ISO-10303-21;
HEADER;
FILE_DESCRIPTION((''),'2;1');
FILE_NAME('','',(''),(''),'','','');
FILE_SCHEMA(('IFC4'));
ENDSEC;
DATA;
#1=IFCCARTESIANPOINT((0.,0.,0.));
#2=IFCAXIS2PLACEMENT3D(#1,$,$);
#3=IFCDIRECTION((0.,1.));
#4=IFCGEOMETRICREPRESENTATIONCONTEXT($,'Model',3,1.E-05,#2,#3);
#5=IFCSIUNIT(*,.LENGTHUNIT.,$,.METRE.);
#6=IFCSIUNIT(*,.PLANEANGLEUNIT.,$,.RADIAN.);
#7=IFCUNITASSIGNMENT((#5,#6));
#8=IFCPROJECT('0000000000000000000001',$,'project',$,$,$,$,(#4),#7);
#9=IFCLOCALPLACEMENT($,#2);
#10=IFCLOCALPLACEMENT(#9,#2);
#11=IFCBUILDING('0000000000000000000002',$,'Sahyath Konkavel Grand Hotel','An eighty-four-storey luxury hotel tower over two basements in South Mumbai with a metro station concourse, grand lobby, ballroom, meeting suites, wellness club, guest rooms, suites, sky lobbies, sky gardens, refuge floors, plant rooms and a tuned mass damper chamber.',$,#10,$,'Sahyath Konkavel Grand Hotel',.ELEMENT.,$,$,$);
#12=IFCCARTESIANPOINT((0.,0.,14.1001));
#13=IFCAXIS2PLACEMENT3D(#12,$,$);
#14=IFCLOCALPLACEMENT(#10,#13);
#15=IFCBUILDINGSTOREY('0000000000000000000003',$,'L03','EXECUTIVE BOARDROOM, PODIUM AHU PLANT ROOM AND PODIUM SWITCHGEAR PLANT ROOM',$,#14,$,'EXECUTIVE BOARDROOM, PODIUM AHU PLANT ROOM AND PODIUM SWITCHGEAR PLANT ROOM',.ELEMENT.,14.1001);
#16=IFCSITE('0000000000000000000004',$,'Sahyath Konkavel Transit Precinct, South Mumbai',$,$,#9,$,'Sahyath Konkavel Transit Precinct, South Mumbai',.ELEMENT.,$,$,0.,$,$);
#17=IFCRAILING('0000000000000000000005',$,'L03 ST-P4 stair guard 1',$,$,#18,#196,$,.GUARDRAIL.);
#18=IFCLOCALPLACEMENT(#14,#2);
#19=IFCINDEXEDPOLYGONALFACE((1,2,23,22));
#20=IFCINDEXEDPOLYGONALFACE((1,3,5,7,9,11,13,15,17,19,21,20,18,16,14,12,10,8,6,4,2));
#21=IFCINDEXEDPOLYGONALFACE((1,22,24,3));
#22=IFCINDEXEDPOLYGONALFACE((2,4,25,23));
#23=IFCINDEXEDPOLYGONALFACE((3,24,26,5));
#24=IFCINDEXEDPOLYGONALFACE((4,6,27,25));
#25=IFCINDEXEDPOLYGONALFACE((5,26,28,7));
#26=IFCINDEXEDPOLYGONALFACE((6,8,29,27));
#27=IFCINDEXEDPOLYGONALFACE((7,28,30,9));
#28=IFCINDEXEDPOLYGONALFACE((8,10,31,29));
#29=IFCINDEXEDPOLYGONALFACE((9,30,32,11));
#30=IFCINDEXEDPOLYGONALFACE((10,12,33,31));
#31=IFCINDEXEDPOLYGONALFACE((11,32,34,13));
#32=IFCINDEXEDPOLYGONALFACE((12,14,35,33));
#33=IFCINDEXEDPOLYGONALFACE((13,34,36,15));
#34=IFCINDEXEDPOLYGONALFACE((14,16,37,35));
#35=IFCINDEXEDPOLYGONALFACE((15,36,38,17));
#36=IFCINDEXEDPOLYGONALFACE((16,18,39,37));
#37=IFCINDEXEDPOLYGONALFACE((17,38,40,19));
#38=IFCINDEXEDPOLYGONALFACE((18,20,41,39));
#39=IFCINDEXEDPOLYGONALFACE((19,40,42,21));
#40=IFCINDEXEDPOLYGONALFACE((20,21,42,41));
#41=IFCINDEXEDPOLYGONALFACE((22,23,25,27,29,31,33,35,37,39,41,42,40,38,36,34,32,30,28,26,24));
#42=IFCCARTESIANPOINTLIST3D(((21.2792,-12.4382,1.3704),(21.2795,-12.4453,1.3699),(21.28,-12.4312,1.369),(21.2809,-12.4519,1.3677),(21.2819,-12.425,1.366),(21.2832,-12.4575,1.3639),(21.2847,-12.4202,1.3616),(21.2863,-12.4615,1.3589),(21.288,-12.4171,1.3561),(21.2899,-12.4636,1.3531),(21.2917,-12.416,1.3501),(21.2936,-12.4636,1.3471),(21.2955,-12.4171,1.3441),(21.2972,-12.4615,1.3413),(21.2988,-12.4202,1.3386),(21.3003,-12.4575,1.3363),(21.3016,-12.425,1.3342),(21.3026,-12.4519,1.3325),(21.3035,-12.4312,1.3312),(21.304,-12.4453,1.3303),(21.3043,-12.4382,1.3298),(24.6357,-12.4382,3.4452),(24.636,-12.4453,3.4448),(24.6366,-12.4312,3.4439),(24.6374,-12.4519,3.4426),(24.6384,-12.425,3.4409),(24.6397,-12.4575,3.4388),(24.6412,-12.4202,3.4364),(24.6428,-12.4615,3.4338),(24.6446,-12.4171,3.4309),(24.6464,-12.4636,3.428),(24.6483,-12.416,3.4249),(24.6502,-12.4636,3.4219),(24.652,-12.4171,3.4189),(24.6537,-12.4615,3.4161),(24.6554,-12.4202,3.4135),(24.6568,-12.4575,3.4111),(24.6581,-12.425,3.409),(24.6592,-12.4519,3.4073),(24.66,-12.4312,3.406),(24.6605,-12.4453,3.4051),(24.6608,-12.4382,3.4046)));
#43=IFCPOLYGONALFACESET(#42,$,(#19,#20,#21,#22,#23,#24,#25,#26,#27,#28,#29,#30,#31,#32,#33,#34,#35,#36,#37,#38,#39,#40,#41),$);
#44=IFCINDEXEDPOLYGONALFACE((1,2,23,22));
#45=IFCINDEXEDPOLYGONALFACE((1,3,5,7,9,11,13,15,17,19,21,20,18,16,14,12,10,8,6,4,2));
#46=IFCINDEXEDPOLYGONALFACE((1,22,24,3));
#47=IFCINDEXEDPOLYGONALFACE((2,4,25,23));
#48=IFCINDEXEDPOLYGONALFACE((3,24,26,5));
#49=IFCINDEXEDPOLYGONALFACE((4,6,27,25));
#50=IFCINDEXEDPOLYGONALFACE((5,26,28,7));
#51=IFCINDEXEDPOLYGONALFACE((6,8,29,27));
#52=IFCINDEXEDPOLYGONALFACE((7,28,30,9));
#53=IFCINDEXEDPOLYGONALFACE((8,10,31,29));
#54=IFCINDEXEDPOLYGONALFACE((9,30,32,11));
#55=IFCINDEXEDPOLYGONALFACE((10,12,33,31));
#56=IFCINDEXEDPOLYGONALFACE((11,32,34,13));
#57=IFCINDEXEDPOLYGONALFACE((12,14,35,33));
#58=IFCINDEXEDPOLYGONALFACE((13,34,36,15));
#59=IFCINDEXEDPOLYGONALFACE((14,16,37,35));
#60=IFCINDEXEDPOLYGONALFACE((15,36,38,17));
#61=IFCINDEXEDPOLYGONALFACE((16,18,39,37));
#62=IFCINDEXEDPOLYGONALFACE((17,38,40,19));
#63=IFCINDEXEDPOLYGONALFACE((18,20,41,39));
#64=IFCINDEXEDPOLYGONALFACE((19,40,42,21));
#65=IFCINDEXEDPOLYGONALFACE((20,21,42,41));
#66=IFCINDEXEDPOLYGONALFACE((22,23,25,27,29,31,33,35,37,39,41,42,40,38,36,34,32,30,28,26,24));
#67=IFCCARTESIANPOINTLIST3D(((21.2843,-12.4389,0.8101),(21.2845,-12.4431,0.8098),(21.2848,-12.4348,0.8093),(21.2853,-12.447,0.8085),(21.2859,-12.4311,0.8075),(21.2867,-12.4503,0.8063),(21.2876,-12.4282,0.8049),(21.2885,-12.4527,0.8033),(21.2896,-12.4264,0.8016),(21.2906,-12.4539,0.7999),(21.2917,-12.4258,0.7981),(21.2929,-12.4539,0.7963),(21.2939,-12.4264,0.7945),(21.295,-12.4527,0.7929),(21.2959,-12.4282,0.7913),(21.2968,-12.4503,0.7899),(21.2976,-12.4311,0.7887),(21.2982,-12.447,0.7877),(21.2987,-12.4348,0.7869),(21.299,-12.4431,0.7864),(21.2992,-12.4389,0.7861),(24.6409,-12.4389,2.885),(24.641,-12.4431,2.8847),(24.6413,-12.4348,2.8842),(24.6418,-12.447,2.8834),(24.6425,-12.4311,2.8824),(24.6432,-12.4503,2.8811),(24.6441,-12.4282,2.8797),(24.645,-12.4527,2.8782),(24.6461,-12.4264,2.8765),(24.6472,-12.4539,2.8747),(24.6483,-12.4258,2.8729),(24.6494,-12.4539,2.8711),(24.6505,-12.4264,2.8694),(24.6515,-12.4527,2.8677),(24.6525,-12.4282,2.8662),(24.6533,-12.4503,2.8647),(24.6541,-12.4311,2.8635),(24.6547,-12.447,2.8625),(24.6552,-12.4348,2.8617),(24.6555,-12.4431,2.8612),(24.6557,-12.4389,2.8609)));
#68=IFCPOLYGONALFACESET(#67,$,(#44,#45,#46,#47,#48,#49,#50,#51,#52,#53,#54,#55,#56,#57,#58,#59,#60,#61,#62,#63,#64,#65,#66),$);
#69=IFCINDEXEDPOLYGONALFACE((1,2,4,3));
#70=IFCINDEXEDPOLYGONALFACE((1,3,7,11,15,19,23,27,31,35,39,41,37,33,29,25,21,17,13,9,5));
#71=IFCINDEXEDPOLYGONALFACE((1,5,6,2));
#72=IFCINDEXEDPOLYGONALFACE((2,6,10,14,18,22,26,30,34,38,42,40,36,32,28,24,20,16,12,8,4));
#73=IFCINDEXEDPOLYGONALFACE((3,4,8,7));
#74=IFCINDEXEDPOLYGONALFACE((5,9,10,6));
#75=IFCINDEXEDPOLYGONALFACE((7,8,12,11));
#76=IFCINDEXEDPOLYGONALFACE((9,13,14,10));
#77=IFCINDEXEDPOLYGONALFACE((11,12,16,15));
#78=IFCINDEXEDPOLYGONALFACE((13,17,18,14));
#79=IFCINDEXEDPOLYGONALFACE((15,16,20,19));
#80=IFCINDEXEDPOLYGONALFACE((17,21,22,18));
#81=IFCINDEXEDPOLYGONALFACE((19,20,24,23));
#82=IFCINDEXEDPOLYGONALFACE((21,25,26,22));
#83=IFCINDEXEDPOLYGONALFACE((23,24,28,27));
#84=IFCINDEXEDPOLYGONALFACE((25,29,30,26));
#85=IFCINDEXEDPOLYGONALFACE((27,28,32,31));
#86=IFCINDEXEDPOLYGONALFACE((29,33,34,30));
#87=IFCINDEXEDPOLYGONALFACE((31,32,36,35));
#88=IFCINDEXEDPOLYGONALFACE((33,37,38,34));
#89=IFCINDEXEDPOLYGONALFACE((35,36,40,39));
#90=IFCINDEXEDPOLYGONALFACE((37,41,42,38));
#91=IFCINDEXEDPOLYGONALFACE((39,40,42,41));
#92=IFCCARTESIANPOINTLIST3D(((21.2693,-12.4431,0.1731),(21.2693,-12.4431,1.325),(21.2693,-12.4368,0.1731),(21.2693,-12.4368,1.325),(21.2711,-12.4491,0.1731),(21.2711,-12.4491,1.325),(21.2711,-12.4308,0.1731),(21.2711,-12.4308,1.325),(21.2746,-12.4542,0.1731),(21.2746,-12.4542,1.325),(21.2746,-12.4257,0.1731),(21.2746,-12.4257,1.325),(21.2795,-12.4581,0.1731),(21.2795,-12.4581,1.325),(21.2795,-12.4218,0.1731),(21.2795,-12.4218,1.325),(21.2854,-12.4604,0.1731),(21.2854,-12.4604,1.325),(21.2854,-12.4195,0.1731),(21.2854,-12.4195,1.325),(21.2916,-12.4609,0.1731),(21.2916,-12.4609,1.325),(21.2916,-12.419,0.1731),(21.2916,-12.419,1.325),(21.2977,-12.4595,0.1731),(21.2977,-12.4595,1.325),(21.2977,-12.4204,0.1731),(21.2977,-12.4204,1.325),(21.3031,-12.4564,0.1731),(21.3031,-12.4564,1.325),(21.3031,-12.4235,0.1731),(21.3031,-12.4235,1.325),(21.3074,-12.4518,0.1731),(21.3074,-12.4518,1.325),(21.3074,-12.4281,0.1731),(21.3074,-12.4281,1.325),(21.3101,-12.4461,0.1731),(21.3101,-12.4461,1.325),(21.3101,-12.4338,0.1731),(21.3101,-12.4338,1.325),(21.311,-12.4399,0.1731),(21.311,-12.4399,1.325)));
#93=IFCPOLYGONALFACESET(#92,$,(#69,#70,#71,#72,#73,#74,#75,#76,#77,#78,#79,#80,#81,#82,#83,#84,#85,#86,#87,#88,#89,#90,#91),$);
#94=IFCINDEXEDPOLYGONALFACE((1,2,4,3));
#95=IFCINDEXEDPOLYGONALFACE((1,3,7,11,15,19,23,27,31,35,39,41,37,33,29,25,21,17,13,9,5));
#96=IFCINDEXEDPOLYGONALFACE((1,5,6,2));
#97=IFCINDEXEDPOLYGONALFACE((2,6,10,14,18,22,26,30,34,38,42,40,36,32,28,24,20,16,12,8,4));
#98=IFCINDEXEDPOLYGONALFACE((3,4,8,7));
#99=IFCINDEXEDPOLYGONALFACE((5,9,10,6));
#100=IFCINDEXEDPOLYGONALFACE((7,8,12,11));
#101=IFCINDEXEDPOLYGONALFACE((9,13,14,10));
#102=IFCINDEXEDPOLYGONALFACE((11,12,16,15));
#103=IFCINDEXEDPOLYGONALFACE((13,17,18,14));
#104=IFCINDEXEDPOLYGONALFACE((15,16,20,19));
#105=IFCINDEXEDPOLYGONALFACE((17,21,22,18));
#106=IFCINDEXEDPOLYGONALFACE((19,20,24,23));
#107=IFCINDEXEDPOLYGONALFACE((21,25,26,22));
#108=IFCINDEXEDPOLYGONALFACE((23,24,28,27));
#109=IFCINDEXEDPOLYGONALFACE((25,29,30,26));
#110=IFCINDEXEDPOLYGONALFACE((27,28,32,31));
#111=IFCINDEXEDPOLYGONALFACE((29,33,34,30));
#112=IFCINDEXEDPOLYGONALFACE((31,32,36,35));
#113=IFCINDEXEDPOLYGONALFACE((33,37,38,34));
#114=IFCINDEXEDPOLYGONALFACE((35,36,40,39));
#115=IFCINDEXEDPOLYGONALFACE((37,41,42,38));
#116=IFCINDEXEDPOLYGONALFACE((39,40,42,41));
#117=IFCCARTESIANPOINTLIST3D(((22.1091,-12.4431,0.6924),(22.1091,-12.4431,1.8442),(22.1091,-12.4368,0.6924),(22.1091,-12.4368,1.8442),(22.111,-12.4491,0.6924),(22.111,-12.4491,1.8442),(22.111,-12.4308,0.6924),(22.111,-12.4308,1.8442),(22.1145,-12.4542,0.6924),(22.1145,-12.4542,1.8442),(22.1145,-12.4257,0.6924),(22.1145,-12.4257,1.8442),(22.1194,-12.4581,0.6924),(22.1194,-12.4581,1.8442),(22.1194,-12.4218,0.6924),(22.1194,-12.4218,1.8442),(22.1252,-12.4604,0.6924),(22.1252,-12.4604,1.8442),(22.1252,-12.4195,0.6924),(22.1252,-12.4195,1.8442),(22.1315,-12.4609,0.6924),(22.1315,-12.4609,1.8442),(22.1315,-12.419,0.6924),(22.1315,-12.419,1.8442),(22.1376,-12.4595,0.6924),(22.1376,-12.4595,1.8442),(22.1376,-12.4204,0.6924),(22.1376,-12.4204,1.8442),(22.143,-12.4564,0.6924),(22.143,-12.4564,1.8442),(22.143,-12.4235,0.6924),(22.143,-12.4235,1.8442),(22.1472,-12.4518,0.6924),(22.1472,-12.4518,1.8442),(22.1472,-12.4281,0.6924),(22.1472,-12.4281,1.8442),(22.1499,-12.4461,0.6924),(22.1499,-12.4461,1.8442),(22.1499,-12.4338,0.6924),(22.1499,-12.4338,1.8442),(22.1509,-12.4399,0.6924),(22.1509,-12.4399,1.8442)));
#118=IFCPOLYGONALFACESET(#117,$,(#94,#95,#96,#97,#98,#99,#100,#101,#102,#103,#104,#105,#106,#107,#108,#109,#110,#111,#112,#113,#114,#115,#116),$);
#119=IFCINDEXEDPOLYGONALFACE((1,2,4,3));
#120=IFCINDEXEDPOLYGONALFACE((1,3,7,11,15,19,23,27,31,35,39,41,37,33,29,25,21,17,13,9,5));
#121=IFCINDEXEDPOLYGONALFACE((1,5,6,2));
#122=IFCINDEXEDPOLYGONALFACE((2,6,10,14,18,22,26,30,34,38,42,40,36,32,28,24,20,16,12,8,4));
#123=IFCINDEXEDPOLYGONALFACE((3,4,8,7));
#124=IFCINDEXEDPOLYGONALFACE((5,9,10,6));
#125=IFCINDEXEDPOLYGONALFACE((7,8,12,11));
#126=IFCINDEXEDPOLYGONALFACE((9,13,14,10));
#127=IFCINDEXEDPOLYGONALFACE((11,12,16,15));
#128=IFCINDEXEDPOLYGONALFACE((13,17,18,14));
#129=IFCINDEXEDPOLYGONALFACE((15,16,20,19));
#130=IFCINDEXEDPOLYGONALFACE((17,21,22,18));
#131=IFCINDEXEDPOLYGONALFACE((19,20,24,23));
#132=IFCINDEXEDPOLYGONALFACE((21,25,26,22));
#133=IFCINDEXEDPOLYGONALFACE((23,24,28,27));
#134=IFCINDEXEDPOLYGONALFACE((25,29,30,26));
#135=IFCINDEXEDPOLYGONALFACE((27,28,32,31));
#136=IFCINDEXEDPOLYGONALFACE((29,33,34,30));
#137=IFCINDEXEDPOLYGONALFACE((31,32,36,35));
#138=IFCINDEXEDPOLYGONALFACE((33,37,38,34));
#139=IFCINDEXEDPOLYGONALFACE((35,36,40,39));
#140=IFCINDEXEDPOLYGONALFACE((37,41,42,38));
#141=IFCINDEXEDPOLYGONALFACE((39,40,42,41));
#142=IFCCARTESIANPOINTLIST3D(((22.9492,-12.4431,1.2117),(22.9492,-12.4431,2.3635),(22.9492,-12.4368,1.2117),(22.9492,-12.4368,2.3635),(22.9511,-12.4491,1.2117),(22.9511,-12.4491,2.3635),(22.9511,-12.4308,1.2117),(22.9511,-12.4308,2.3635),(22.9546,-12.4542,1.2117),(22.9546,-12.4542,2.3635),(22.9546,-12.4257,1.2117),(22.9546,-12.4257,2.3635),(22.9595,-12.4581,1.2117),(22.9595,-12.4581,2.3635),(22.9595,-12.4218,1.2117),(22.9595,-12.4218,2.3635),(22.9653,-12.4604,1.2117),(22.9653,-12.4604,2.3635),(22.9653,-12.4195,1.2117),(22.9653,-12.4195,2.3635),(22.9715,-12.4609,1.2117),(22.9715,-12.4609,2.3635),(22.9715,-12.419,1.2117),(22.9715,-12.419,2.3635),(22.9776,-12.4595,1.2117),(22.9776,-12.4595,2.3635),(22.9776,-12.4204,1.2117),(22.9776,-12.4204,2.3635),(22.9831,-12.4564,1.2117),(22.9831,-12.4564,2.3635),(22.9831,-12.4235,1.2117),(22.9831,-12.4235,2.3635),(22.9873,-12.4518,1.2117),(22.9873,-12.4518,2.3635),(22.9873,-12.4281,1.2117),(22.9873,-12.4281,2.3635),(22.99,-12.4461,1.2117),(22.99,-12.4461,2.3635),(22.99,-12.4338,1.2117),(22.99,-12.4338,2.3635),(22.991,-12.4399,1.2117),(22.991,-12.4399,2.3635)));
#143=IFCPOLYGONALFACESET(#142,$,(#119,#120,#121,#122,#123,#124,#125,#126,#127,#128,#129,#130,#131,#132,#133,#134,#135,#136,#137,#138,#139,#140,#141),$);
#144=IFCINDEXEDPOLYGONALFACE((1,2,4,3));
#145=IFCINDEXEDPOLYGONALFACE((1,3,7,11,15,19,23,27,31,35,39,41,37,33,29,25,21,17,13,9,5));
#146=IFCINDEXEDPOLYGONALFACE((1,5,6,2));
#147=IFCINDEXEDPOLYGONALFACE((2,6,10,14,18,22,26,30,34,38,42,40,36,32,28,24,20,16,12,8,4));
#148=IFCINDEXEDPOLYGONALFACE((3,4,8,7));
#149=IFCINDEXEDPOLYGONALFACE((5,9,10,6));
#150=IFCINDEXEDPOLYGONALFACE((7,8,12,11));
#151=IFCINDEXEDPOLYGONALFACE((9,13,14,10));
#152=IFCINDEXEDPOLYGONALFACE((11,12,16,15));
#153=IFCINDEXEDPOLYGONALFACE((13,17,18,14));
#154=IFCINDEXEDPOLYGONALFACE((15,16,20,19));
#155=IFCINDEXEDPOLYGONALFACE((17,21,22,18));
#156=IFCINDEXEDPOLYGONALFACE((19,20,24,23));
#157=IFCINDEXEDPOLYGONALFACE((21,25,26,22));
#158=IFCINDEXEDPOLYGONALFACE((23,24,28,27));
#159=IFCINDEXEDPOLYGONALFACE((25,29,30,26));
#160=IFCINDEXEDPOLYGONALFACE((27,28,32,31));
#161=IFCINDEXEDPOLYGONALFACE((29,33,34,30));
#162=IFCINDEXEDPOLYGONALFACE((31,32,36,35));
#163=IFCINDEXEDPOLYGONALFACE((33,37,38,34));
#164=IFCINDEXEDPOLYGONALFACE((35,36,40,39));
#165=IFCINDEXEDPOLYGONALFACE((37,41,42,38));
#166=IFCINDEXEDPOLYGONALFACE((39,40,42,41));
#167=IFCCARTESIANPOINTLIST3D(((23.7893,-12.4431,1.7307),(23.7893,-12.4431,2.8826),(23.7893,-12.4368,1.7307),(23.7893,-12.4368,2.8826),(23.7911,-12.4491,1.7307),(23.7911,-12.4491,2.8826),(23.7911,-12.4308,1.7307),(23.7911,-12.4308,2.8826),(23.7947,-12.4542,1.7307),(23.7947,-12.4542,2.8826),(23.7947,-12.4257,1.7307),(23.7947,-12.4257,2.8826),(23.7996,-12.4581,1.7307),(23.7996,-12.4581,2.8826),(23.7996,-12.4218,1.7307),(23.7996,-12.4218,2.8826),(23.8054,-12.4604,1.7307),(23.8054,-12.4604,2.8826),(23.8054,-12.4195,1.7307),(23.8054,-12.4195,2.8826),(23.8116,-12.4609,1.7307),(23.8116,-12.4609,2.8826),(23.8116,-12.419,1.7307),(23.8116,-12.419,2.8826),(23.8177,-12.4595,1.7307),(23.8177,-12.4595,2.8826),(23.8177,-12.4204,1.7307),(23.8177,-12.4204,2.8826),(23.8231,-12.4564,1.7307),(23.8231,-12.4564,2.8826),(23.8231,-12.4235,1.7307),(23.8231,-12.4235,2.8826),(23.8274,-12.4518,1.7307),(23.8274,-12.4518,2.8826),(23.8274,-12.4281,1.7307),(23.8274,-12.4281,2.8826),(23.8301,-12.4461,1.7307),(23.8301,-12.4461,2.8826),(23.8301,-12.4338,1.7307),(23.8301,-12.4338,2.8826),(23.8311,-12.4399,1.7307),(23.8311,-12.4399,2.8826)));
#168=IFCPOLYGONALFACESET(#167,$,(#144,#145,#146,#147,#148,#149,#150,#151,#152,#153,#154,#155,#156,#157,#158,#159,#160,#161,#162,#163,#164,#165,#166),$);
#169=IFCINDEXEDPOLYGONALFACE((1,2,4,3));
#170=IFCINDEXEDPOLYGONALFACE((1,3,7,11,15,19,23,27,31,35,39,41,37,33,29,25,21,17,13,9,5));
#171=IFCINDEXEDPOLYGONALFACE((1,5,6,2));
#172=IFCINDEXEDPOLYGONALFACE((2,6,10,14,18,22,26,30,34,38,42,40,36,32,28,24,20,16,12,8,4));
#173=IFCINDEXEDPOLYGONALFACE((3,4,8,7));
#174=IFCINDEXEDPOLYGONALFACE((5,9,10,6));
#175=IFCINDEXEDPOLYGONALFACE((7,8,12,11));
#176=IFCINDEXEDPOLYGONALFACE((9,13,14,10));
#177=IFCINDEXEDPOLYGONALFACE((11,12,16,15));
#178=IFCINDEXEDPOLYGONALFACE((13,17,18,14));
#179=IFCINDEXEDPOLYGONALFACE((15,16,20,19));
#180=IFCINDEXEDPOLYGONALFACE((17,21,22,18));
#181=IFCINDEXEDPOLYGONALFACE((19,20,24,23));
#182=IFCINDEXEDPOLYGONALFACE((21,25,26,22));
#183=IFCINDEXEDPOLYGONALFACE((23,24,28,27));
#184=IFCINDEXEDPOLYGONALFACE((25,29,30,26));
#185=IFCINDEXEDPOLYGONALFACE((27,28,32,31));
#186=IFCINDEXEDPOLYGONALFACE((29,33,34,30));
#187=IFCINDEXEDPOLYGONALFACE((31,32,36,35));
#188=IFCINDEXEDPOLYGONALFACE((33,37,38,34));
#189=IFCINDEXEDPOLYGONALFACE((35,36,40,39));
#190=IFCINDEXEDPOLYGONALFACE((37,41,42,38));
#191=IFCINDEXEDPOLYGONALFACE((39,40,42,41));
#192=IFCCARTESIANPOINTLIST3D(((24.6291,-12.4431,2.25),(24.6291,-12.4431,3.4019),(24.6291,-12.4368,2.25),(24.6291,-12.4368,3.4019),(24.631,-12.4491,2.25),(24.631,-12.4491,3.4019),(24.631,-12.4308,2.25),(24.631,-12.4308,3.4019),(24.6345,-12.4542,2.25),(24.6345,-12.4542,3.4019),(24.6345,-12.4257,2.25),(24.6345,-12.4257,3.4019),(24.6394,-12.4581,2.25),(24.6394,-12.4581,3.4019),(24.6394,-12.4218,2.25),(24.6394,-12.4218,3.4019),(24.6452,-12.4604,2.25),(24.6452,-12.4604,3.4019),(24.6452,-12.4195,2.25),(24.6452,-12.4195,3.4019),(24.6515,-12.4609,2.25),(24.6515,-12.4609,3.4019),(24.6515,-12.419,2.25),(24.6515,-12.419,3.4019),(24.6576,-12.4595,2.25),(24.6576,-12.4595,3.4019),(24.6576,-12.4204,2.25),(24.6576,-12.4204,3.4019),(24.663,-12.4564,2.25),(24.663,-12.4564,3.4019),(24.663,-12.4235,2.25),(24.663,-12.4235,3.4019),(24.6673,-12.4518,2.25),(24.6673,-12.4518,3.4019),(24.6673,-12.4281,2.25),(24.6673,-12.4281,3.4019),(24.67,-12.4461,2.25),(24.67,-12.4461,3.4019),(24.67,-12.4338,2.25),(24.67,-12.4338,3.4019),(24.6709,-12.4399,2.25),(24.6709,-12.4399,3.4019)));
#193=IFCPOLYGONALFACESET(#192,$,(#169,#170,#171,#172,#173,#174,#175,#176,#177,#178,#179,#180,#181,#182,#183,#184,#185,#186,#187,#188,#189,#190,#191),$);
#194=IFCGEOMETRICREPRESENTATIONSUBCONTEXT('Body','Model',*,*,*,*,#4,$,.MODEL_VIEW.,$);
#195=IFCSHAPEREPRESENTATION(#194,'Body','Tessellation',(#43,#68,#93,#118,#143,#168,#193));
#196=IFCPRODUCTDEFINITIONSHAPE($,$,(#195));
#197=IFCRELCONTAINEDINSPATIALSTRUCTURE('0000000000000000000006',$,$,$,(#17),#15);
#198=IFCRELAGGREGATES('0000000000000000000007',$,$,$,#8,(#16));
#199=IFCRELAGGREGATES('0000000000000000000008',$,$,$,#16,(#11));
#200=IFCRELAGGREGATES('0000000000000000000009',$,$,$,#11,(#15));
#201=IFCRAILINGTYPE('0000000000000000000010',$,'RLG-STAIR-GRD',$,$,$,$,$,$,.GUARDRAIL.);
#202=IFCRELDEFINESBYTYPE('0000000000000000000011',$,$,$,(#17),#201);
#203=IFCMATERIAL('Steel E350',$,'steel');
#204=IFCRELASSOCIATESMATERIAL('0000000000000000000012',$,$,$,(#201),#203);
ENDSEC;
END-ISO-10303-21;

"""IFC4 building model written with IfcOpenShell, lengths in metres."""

from ifc_helpers import new_model, si_unit, direction, frame, origin, origin_2d, place, context, subcontext, project, spatial, circle, extrude, material, type_object, element, save


model = new_model("IFC4")

# Units and contexts
model_context = context("Model", 3, precision=1e-05, world=origin(), true_north=direction((0.0, 1.0)))
body_context = subcontext(model_context, "Body", "Model", "MODEL_VIEW")
ifc_project = project(units=[si_unit("LENGTHUNIT", "METRE"), si_unit("PLANEANGLEUNIT", "RADIAN")], contexts=[model_context])

# Site, building, storey
site_placement = place(None, origin())
site = spatial("IfcSite", under=ifc_project, at=site_placement, Name="Sahyath Konkavel Transit Precinct, South Mumbai", LongName="Sahyath Konkavel Transit Precinct, South Mumbai", CompositionType="ELEMENT", RefElevation=0.0)
building_placement = place(site_placement, origin())
building = spatial("IfcBuilding", under=site, at=building_placement, Name="Sahyath Konkavel Grand Hotel", Description="An eighty-four-storey luxury hotel tower over two basements in South Mumbai with a metro station concourse, grand lobby, ballroom, meeting suites, wellness club, guest rooms, suites, sky lobbies, sky gardens, refuge floors, plant rooms and a tuned mass damper chamber.", LongName="Sahyath Konkavel Grand Hotel", CompositionType="ELEMENT")
storey_placement = place(building_placement, frame((0.0, 0.0, 14.1001)))
storey = spatial("IfcBuildingStorey", under=building, at=storey_placement, Name="L03", Description="EXECUTIVE BOARDROOM, PODIUM AHU PLANT ROOM AND PODIUM SWITCHGEAR PLANT ROOM", LongName="EXECUTIVE BOARDROOM, PODIUM AHU PLANT ROOM AND PODIUM SWITCHGEAR PLANT ROOM", CompositionType="ELEMENT", Elevation=14.1001)

# Shared definitions
ifc_material_1 = material(Name="Steel E350", Category="steel")

# Railing
railing_type_1 = type_object("IfcRailingType", Name="RLG-STAIR-GRD", PredefinedType="GUARDRAIL", material=ifc_material_1)
railing_1_placement = place(storey_placement, frame((21.29, -12.4399, 0.1731)))
element("IfcRailing", 1, at=railing_1_placement, inside=storey, type_object=railing_type_1, Name="L03 ST-P4 stair guard 1", PredefinedType="GUARDRAIL", context=body_context, shape_type="SweptSolid", body=[
    extrude(circle(Radius=0.0239, at=origin_2d()), frame((0.0017, 0.0, 1.177), z_axis=(0.850606, 0.0, 0.525803), x_axis=(0.0, 1.0, 0.0)), (0.0, 0.0, 1.0), 3.946),
    extrude(circle(Radius=0.0142, at=origin_2d()), frame((0.0017, 0.0, 0.625), z_axis=(0.850606, 0.0, 0.525803), x_axis=(0.0, 1.0, 0.0)), (0.0, 0.0, 1.0), 3.946),
    extrude(circle(Radius=0.021, at=origin_2d()), origin(), (0.0, 0.0, 1.0), 1.1519),
    extrude(circle(Radius=0.021, at=origin_2d()), frame((0.8398, 0.0, 0.5193)), (0.0, 0.0, 1.0), 1.1519),
    extrude(circle(Radius=0.021, at=origin_2d()), frame((1.6799, 0.0, 1.0386)), (0.0, 0.0, 1.0), 1.1519),
    extrude(circle(Radius=0.021, at=origin_2d()), frame((2.52, 0.0, 1.5576)), (0.0, 0.0, 1.0), 1.1519),
    extrude(circle(Radius=0.021, at=origin_2d()), frame((3.3599, 0.0, 2.0769)), (0.0, 0.0, 1.0), 1.1519),
])

save(model, "model.ifc")
